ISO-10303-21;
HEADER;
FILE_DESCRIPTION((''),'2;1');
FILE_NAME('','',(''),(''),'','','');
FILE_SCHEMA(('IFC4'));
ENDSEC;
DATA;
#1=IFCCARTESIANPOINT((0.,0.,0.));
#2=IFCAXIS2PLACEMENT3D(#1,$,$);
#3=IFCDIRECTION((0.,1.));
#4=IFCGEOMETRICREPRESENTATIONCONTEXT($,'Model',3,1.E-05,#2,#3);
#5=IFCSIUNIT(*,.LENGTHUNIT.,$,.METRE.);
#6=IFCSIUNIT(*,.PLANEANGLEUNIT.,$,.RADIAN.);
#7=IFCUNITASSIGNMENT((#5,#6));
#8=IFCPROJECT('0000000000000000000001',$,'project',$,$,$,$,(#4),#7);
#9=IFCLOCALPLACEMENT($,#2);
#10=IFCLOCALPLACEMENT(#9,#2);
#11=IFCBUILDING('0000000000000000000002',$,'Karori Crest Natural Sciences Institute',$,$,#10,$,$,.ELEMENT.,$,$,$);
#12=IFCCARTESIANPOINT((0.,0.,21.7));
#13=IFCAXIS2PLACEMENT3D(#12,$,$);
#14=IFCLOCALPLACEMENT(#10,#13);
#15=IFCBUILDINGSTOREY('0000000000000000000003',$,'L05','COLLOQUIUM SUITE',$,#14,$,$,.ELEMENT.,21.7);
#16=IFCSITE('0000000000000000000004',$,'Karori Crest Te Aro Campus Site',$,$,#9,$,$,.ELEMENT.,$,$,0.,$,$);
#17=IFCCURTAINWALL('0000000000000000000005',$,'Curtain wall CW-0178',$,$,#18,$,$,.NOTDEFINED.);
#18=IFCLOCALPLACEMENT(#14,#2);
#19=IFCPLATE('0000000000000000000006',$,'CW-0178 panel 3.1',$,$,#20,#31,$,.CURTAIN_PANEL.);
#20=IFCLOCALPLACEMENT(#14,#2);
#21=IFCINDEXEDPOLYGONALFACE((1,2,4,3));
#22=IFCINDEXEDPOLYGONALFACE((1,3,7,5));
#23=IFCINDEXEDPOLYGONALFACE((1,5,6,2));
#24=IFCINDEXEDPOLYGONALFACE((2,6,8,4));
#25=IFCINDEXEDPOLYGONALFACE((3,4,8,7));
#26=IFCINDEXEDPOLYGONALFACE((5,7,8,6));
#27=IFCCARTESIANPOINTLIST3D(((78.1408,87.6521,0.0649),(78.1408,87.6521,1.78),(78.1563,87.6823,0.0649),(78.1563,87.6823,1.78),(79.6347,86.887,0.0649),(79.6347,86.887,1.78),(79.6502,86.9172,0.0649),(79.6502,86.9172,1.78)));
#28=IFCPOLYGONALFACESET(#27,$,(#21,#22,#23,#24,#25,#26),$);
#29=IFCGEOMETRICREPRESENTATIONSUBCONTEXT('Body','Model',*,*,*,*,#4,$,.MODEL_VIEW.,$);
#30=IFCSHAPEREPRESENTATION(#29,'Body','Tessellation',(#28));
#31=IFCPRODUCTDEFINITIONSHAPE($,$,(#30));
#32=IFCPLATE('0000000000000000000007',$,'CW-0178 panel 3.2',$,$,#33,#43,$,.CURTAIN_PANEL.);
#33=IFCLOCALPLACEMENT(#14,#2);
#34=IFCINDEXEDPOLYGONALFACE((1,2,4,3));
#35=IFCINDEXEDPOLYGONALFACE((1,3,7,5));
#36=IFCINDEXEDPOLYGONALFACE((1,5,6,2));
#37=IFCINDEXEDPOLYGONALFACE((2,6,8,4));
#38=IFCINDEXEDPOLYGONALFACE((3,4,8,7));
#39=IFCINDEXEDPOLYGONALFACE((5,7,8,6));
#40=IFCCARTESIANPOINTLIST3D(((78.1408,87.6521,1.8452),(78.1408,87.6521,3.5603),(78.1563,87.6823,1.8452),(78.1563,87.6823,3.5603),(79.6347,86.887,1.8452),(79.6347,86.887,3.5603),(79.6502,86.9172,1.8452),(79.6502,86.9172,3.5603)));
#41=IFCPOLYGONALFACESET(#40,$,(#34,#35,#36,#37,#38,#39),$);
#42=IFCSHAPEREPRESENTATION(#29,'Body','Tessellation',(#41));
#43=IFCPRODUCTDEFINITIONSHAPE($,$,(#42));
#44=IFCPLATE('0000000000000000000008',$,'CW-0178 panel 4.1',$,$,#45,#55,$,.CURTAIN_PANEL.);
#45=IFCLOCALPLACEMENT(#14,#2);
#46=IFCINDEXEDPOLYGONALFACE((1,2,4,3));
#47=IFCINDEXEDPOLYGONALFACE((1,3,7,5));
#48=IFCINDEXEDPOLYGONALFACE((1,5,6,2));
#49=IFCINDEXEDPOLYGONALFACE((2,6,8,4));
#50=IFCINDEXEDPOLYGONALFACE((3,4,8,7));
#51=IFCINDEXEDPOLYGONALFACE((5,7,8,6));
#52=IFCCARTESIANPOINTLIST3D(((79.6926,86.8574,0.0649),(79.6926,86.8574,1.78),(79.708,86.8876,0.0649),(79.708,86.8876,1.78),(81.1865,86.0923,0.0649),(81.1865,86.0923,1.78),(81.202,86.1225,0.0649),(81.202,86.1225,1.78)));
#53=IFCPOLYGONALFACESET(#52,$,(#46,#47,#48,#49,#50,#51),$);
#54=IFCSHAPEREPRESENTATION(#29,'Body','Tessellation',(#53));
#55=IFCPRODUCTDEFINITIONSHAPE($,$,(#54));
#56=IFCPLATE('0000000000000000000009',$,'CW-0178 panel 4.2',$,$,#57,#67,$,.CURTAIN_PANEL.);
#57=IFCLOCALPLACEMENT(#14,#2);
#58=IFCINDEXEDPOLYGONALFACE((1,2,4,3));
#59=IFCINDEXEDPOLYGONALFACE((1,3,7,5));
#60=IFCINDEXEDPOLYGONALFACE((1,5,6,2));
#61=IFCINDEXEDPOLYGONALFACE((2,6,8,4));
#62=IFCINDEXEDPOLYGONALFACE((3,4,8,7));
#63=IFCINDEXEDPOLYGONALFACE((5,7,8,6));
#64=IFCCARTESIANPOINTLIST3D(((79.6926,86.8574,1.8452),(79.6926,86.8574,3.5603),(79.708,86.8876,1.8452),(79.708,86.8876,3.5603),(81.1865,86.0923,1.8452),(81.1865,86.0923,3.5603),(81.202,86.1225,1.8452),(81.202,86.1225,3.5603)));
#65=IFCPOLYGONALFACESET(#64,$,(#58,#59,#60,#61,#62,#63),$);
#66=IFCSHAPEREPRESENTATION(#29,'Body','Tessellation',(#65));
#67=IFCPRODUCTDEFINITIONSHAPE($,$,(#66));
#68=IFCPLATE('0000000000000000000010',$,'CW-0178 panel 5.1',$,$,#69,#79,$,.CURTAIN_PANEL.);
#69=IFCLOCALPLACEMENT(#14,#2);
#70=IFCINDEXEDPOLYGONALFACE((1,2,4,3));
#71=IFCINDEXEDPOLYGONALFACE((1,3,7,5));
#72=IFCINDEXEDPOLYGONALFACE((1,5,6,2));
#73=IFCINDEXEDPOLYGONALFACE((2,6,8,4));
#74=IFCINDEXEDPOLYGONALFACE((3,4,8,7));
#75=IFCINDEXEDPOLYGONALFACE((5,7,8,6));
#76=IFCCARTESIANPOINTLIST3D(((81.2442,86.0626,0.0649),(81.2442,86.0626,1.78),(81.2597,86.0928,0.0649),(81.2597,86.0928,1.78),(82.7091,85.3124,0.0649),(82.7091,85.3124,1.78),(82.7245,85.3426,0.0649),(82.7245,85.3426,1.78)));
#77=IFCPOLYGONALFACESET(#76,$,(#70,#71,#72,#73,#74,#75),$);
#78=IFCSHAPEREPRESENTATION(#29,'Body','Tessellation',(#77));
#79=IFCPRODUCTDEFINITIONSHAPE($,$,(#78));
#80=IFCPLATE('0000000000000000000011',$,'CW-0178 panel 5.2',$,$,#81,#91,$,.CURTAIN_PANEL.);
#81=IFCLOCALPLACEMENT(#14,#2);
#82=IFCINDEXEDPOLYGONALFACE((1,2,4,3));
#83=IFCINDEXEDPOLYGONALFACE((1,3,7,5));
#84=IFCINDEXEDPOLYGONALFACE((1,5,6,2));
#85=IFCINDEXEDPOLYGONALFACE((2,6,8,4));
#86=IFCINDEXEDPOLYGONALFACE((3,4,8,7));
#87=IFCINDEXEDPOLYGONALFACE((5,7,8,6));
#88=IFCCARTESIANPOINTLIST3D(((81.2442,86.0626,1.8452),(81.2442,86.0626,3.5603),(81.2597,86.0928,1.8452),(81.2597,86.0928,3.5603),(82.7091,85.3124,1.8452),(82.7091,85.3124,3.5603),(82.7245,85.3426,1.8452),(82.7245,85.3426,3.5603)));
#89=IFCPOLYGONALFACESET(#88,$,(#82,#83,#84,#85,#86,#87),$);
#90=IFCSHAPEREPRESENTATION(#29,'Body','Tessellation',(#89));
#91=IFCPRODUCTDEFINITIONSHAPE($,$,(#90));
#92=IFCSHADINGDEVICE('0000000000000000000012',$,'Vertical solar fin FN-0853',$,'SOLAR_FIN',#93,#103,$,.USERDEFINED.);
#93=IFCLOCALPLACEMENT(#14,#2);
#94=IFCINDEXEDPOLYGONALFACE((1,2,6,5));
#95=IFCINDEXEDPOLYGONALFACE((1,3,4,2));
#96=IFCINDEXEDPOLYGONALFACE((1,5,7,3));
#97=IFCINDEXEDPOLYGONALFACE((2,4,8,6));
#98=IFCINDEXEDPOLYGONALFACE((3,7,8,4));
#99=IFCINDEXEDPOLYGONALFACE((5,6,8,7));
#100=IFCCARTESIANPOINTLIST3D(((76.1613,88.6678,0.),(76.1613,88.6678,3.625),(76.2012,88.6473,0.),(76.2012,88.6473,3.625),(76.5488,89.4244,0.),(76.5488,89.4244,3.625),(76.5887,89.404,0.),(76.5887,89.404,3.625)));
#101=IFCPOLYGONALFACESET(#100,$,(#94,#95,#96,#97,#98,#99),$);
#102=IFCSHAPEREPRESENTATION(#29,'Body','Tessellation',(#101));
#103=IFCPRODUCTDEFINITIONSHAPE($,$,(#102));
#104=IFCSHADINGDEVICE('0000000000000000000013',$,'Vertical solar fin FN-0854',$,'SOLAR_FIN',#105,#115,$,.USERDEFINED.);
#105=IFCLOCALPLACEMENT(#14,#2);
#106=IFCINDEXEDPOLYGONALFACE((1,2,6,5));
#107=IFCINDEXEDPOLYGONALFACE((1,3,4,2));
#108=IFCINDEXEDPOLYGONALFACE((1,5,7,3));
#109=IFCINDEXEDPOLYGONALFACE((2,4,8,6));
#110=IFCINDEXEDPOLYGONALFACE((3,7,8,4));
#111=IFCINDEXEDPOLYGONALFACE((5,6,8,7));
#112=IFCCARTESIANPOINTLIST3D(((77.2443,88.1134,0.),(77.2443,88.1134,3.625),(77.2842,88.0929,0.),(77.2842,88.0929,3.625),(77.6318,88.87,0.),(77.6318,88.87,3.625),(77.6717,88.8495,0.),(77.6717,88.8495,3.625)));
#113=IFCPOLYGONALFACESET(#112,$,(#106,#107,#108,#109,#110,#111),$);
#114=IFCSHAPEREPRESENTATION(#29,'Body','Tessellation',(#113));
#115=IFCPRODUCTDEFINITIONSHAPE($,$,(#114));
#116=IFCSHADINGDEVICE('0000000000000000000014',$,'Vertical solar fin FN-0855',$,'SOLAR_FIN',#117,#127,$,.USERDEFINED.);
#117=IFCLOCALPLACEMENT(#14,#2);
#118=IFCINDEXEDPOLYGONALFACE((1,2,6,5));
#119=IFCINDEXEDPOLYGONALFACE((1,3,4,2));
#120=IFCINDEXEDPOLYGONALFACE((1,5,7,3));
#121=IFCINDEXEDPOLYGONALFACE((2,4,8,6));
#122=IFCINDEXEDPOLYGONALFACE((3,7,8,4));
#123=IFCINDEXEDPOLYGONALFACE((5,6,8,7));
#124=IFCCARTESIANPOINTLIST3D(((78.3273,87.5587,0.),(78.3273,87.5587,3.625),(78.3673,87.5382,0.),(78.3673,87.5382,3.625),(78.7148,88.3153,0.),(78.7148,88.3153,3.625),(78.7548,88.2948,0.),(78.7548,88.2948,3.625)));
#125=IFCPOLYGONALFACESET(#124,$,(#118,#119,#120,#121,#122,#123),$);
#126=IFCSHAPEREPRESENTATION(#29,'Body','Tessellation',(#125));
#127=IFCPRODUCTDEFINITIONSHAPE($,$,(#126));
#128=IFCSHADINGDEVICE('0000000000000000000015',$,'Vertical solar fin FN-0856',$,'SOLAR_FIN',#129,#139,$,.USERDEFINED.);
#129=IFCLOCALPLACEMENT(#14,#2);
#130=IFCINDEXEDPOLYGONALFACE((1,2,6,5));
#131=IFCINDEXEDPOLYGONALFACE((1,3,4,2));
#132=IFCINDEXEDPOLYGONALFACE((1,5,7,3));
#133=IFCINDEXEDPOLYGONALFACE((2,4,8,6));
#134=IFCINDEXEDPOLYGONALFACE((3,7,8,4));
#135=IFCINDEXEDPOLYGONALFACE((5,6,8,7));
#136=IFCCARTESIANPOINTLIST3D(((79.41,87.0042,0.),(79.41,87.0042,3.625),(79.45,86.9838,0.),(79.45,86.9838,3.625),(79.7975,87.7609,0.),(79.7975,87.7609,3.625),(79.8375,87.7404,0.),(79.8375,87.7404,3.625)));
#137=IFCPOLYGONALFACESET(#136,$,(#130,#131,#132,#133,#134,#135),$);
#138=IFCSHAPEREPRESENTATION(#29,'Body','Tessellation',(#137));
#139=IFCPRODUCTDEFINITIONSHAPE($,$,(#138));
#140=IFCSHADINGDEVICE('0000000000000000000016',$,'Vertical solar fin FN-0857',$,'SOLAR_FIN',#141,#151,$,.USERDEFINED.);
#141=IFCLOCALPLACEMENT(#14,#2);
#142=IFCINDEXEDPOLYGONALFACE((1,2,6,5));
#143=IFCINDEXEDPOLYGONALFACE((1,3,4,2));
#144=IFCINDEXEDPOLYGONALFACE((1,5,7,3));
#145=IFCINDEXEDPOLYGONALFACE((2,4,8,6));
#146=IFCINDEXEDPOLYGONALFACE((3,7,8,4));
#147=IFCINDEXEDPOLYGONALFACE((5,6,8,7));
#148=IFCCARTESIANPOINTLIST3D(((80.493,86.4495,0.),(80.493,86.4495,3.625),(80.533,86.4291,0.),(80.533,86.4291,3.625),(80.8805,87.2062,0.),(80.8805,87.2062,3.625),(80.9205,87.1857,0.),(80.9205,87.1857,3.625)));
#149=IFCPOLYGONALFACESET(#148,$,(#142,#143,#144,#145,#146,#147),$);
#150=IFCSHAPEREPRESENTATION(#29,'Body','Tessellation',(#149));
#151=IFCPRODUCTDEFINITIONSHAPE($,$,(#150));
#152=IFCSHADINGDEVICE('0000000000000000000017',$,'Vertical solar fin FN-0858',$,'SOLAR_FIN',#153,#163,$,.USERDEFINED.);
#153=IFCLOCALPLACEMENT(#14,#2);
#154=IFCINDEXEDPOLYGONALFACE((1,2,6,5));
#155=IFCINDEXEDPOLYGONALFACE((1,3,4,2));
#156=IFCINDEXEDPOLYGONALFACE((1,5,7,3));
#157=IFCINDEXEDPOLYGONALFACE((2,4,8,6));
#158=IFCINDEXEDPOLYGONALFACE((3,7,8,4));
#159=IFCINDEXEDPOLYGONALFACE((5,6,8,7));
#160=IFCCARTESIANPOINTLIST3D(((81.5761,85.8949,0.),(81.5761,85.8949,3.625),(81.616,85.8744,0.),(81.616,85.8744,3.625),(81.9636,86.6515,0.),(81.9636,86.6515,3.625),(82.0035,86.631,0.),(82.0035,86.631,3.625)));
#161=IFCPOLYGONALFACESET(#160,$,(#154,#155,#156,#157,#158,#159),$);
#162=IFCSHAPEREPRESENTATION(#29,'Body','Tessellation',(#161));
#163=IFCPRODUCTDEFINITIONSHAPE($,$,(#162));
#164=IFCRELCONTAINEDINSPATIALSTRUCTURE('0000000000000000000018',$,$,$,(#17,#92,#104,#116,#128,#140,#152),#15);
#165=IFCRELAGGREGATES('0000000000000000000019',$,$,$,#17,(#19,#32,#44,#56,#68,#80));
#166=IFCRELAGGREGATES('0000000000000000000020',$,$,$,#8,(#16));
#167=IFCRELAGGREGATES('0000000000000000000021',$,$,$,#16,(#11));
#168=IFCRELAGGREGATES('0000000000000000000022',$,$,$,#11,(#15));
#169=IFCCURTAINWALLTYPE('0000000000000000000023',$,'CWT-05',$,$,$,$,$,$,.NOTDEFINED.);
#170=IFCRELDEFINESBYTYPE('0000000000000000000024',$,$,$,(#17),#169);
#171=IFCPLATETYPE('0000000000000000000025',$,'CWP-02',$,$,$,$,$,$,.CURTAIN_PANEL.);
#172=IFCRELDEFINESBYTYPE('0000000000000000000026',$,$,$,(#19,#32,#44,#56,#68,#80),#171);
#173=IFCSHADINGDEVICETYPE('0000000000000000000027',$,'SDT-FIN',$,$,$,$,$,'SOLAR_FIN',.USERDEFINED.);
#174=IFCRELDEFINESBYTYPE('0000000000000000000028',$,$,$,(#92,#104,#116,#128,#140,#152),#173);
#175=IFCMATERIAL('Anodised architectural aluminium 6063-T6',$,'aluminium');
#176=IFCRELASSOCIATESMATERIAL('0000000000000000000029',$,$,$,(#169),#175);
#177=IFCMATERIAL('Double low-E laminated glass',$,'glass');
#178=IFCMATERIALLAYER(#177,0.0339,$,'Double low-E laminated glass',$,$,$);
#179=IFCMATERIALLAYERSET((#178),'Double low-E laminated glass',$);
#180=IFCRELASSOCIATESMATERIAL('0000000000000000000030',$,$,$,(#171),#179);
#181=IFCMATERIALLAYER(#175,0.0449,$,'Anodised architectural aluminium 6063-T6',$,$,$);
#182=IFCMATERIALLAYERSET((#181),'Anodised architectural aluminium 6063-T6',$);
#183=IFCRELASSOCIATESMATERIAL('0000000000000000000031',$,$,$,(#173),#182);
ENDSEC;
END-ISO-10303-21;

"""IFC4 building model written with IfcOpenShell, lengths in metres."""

from ifc_helpers import new_model, si_unit, direction, frame, origin, origin_2d, place, context, subcontext, project, spatial, rectangle, extrude, material, layer, layer_set, type_object, element, aggregate, save


model = new_model("IFC4")

# Units and contexts
model_context = context("Model", 3, precision=1e-05, world=origin(), true_north=direction((0.0, 1.0)))
body_context = subcontext(model_context, "Body", "Model", "MODEL_VIEW")
ifc_project = project(units=[si_unit("LENGTHUNIT", "METRE"), si_unit("PLANEANGLEUNIT", "RADIAN")], contexts=[model_context])

# Site, building, storey
site_placement = place(None, origin())
site = spatial("IfcSite", under=ifc_project, at=site_placement, Name="Karori Crest Te Aro Campus Site", CompositionType="ELEMENT", RefElevation=0.0)
building_placement = place(site_placement, origin())
building = spatial("IfcBuilding", under=site, at=building_placement, Name="Karori Crest Natural Sciences Institute", CompositionType="ELEMENT")
storey_placement = place(building_placement, frame((0.0, 0.0, 21.7)))
storey = spatial("IfcBuildingStorey", under=building, at=storey_placement, Name="L05", Description="COLLOQUIUM SUITE", CompositionType="ELEMENT", Elevation=21.7)

# Curtain wall, plates
ifc_material_1 = material(Name="Anodised architectural aluminium 6063-T6", Category="aluminium")
curtain_wall_type = type_object("IfcCurtainWallType", Name="CWT-05", PredefinedType="NOTDEFINED", material=ifc_material_1)
curtain_wall_placement = place(storey_placement, origin())
curtain_wall = element("IfcCurtainWall", 1, at=curtain_wall_placement, inside=storey, type_object=curtain_wall_type, Name="Curtain wall CW-0178", PredefinedType="NOTDEFINED")
ifc_material_2 = material(Name="Double low-E laminated glass", Category="glass")
ifc_layer_1 = layer(ifc_material_2, 0.0339, Name="Double low-E laminated glass")
ifc_layer_set_1 = layer_set([ifc_layer_1], Name="Double low-E laminated glass")
plate_type = type_object("IfcPlateType", Name="CWP-02", PredefinedType="CURTAIN_PANEL", material=ifc_layer_set_1)
plate_1_placement = place(storey_placement, frame((78.8955, 87.2847, 0.0649), z_axis=(0.0, 0.0, 1.0), x_axis=(0.890067, -0.455829, 0.0)))
plate_1 = element("IfcPlate", 2, at=plate_1_placement, type_object=plate_type, Name="CW-0178 panel 3.1", PredefinedType="CURTAIN_PANEL", context=body_context, shape_type="SweptSolid", body=[
    extrude(rectangle(XDim=1.6785, YDim=0.0339, at=origin_2d()), origin(), (0.0, 0.0, 1.0), 1.7151),
])
plate_2_placement = place(storey_placement, frame((78.8955, 87.2847, 1.8452), z_axis=(0.0, 0.0, 1.0), x_axis=(0.890067, -0.455829, 0.0)))
plate_2 = element("IfcPlate", 3, at=plate_2_placement, type_object=plate_type, Name="CW-0178 panel 3.2", PredefinedType="CURTAIN_PANEL", context=body_context, shape_type="SweptSolid", body=[
    extrude(rectangle(XDim=1.6785, YDim=0.0339, at=origin_2d()), origin(), (0.0, 0.0, 1.0), 1.7151),
])
plate_3_placement = place(storey_placement, frame((80.4473, 86.49, 0.0649), z_axis=(0.0, 0.0, 1.0), x_axis=(0.890067, -0.455829, 0.0)))
plate_3 = element("IfcPlate", 4, at=plate_3_placement, type_object=plate_type, Name="CW-0178 panel 4.1", PredefinedType="CURTAIN_PANEL", context=body_context, shape_type="SweptSolid", body=[
    extrude(rectangle(XDim=1.6785, YDim=0.0339, at=origin_2d()), origin(), (0.0, 0.0, 1.0), 1.7151),
])
plate_4_placement = place(storey_placement, frame((80.4473, 86.49, 1.8452), z_axis=(0.0, 0.0, 1.0), x_axis=(0.890067, -0.455829, 0.0)))
plate_4 = element("IfcPlate", 5, at=plate_4_placement, type_object=plate_type, Name="CW-0178 panel 4.2", PredefinedType="CURTAIN_PANEL", context=body_context, shape_type="SweptSolid", body=[
    extrude(rectangle(XDim=1.6785, YDim=0.0339, at=origin_2d()), origin(), (0.0, 0.0, 1.0), 1.7151),
])
plate_5_placement = place(storey_placement, frame((81.9844, 85.7026, 0.0649), z_axis=(0.0, 0.0, 1.0), x_axis=(0.890067, -0.455829, 0.0)))
plate_5 = element("IfcPlate", 6, at=plate_5_placement, type_object=plate_type, Name="CW-0178 panel 5.1", PredefinedType="CURTAIN_PANEL", context=body_context, shape_type="SweptSolid", body=[
    extrude(rectangle(XDim=1.6458, YDim=0.0339, at=origin_2d()), origin(), (0.0, 0.0, 1.0), 1.7151),
])
plate_6_placement = place(storey_placement, frame((81.9844, 85.7026, 1.8452), z_axis=(0.0, 0.0, 1.0), x_axis=(0.890067, -0.455829, 0.0)))
plate_6 = element("IfcPlate", 7, at=plate_6_placement, type_object=plate_type, Name="CW-0178 panel 5.2", PredefinedType="CURTAIN_PANEL", context=body_context, shape_type="SweptSolid", body=[
    extrude(rectangle(XDim=1.6458, YDim=0.0339, at=origin_2d()), origin(), (0.0, 0.0, 1.0), 1.7151),
])
aggregate(curtain_wall, [plate_1, plate_2, plate_3, plate_4, plate_5, plate_6])

# Shading devices
ifc_layer_2 = layer(ifc_material_1, 0.0449, Name="Anodised architectural aluminium 6063-T6")
ifc_layer_set_2 = layer_set([ifc_layer_2], Name="Anodised architectural aluminium 6063-T6")
shading_device_type = type_object("IfcShadingDeviceType", Name="SDT-FIN", ElementType="SOLAR_FIN", PredefinedType="USERDEFINED", material=ifc_layer_set_2)
for number, where, z_axis, x_axis, name in (
    (8, (76.375, 89.0359, 0.0), (0.0, 0.0, 1.0), (0.455829, 0.890067, 0.0), "Vertical solar fin FN-0853"),
    (9, (77.458, 88.4814, 0.0), (0.0, 0.0, 1.0), (0.455829, 0.890067, 0.0), "Vertical solar fin FN-0854"),
    (10, (78.541, 87.9268, 0.0), (0.0, 0.0, 1.0), (0.455829, 0.890067, 0.0), "Vertical solar fin FN-0855"),
    (11, (79.6238, 87.3723, 0.0), (0.0, 0.0, 1.0), (0.455829, 0.890067, 0.0), "Vertical solar fin FN-0856"),
    (12, (80.7068, 86.8176, 0.0), (0.0, 0.0, 1.0), (0.455829, 0.890067, 0.0), "Vertical solar fin FN-0857"),
    (13, (81.7898, 86.2629, 0.0), (0.0, 0.0, 1.0), (0.455829, 0.890067, 0.0), "Vertical solar fin FN-0858"),
):
    element("IfcShadingDevice", number, at=place(storey_placement, frame(where, z_axis=z_axis, x_axis=x_axis)), inside=storey, type_object=shading_device_type, Name=name, ObjectType="SOLAR_FIN", PredefinedType="USERDEFINED", context=body_context, shape_type="SweptSolid", body=[
        extrude(rectangle(XDim=0.8501, YDim=0.0449, at=origin_2d()), origin(), (0.0, 0.0, 1.0), 3.625),
    ])

save(model, "model.ifc")
